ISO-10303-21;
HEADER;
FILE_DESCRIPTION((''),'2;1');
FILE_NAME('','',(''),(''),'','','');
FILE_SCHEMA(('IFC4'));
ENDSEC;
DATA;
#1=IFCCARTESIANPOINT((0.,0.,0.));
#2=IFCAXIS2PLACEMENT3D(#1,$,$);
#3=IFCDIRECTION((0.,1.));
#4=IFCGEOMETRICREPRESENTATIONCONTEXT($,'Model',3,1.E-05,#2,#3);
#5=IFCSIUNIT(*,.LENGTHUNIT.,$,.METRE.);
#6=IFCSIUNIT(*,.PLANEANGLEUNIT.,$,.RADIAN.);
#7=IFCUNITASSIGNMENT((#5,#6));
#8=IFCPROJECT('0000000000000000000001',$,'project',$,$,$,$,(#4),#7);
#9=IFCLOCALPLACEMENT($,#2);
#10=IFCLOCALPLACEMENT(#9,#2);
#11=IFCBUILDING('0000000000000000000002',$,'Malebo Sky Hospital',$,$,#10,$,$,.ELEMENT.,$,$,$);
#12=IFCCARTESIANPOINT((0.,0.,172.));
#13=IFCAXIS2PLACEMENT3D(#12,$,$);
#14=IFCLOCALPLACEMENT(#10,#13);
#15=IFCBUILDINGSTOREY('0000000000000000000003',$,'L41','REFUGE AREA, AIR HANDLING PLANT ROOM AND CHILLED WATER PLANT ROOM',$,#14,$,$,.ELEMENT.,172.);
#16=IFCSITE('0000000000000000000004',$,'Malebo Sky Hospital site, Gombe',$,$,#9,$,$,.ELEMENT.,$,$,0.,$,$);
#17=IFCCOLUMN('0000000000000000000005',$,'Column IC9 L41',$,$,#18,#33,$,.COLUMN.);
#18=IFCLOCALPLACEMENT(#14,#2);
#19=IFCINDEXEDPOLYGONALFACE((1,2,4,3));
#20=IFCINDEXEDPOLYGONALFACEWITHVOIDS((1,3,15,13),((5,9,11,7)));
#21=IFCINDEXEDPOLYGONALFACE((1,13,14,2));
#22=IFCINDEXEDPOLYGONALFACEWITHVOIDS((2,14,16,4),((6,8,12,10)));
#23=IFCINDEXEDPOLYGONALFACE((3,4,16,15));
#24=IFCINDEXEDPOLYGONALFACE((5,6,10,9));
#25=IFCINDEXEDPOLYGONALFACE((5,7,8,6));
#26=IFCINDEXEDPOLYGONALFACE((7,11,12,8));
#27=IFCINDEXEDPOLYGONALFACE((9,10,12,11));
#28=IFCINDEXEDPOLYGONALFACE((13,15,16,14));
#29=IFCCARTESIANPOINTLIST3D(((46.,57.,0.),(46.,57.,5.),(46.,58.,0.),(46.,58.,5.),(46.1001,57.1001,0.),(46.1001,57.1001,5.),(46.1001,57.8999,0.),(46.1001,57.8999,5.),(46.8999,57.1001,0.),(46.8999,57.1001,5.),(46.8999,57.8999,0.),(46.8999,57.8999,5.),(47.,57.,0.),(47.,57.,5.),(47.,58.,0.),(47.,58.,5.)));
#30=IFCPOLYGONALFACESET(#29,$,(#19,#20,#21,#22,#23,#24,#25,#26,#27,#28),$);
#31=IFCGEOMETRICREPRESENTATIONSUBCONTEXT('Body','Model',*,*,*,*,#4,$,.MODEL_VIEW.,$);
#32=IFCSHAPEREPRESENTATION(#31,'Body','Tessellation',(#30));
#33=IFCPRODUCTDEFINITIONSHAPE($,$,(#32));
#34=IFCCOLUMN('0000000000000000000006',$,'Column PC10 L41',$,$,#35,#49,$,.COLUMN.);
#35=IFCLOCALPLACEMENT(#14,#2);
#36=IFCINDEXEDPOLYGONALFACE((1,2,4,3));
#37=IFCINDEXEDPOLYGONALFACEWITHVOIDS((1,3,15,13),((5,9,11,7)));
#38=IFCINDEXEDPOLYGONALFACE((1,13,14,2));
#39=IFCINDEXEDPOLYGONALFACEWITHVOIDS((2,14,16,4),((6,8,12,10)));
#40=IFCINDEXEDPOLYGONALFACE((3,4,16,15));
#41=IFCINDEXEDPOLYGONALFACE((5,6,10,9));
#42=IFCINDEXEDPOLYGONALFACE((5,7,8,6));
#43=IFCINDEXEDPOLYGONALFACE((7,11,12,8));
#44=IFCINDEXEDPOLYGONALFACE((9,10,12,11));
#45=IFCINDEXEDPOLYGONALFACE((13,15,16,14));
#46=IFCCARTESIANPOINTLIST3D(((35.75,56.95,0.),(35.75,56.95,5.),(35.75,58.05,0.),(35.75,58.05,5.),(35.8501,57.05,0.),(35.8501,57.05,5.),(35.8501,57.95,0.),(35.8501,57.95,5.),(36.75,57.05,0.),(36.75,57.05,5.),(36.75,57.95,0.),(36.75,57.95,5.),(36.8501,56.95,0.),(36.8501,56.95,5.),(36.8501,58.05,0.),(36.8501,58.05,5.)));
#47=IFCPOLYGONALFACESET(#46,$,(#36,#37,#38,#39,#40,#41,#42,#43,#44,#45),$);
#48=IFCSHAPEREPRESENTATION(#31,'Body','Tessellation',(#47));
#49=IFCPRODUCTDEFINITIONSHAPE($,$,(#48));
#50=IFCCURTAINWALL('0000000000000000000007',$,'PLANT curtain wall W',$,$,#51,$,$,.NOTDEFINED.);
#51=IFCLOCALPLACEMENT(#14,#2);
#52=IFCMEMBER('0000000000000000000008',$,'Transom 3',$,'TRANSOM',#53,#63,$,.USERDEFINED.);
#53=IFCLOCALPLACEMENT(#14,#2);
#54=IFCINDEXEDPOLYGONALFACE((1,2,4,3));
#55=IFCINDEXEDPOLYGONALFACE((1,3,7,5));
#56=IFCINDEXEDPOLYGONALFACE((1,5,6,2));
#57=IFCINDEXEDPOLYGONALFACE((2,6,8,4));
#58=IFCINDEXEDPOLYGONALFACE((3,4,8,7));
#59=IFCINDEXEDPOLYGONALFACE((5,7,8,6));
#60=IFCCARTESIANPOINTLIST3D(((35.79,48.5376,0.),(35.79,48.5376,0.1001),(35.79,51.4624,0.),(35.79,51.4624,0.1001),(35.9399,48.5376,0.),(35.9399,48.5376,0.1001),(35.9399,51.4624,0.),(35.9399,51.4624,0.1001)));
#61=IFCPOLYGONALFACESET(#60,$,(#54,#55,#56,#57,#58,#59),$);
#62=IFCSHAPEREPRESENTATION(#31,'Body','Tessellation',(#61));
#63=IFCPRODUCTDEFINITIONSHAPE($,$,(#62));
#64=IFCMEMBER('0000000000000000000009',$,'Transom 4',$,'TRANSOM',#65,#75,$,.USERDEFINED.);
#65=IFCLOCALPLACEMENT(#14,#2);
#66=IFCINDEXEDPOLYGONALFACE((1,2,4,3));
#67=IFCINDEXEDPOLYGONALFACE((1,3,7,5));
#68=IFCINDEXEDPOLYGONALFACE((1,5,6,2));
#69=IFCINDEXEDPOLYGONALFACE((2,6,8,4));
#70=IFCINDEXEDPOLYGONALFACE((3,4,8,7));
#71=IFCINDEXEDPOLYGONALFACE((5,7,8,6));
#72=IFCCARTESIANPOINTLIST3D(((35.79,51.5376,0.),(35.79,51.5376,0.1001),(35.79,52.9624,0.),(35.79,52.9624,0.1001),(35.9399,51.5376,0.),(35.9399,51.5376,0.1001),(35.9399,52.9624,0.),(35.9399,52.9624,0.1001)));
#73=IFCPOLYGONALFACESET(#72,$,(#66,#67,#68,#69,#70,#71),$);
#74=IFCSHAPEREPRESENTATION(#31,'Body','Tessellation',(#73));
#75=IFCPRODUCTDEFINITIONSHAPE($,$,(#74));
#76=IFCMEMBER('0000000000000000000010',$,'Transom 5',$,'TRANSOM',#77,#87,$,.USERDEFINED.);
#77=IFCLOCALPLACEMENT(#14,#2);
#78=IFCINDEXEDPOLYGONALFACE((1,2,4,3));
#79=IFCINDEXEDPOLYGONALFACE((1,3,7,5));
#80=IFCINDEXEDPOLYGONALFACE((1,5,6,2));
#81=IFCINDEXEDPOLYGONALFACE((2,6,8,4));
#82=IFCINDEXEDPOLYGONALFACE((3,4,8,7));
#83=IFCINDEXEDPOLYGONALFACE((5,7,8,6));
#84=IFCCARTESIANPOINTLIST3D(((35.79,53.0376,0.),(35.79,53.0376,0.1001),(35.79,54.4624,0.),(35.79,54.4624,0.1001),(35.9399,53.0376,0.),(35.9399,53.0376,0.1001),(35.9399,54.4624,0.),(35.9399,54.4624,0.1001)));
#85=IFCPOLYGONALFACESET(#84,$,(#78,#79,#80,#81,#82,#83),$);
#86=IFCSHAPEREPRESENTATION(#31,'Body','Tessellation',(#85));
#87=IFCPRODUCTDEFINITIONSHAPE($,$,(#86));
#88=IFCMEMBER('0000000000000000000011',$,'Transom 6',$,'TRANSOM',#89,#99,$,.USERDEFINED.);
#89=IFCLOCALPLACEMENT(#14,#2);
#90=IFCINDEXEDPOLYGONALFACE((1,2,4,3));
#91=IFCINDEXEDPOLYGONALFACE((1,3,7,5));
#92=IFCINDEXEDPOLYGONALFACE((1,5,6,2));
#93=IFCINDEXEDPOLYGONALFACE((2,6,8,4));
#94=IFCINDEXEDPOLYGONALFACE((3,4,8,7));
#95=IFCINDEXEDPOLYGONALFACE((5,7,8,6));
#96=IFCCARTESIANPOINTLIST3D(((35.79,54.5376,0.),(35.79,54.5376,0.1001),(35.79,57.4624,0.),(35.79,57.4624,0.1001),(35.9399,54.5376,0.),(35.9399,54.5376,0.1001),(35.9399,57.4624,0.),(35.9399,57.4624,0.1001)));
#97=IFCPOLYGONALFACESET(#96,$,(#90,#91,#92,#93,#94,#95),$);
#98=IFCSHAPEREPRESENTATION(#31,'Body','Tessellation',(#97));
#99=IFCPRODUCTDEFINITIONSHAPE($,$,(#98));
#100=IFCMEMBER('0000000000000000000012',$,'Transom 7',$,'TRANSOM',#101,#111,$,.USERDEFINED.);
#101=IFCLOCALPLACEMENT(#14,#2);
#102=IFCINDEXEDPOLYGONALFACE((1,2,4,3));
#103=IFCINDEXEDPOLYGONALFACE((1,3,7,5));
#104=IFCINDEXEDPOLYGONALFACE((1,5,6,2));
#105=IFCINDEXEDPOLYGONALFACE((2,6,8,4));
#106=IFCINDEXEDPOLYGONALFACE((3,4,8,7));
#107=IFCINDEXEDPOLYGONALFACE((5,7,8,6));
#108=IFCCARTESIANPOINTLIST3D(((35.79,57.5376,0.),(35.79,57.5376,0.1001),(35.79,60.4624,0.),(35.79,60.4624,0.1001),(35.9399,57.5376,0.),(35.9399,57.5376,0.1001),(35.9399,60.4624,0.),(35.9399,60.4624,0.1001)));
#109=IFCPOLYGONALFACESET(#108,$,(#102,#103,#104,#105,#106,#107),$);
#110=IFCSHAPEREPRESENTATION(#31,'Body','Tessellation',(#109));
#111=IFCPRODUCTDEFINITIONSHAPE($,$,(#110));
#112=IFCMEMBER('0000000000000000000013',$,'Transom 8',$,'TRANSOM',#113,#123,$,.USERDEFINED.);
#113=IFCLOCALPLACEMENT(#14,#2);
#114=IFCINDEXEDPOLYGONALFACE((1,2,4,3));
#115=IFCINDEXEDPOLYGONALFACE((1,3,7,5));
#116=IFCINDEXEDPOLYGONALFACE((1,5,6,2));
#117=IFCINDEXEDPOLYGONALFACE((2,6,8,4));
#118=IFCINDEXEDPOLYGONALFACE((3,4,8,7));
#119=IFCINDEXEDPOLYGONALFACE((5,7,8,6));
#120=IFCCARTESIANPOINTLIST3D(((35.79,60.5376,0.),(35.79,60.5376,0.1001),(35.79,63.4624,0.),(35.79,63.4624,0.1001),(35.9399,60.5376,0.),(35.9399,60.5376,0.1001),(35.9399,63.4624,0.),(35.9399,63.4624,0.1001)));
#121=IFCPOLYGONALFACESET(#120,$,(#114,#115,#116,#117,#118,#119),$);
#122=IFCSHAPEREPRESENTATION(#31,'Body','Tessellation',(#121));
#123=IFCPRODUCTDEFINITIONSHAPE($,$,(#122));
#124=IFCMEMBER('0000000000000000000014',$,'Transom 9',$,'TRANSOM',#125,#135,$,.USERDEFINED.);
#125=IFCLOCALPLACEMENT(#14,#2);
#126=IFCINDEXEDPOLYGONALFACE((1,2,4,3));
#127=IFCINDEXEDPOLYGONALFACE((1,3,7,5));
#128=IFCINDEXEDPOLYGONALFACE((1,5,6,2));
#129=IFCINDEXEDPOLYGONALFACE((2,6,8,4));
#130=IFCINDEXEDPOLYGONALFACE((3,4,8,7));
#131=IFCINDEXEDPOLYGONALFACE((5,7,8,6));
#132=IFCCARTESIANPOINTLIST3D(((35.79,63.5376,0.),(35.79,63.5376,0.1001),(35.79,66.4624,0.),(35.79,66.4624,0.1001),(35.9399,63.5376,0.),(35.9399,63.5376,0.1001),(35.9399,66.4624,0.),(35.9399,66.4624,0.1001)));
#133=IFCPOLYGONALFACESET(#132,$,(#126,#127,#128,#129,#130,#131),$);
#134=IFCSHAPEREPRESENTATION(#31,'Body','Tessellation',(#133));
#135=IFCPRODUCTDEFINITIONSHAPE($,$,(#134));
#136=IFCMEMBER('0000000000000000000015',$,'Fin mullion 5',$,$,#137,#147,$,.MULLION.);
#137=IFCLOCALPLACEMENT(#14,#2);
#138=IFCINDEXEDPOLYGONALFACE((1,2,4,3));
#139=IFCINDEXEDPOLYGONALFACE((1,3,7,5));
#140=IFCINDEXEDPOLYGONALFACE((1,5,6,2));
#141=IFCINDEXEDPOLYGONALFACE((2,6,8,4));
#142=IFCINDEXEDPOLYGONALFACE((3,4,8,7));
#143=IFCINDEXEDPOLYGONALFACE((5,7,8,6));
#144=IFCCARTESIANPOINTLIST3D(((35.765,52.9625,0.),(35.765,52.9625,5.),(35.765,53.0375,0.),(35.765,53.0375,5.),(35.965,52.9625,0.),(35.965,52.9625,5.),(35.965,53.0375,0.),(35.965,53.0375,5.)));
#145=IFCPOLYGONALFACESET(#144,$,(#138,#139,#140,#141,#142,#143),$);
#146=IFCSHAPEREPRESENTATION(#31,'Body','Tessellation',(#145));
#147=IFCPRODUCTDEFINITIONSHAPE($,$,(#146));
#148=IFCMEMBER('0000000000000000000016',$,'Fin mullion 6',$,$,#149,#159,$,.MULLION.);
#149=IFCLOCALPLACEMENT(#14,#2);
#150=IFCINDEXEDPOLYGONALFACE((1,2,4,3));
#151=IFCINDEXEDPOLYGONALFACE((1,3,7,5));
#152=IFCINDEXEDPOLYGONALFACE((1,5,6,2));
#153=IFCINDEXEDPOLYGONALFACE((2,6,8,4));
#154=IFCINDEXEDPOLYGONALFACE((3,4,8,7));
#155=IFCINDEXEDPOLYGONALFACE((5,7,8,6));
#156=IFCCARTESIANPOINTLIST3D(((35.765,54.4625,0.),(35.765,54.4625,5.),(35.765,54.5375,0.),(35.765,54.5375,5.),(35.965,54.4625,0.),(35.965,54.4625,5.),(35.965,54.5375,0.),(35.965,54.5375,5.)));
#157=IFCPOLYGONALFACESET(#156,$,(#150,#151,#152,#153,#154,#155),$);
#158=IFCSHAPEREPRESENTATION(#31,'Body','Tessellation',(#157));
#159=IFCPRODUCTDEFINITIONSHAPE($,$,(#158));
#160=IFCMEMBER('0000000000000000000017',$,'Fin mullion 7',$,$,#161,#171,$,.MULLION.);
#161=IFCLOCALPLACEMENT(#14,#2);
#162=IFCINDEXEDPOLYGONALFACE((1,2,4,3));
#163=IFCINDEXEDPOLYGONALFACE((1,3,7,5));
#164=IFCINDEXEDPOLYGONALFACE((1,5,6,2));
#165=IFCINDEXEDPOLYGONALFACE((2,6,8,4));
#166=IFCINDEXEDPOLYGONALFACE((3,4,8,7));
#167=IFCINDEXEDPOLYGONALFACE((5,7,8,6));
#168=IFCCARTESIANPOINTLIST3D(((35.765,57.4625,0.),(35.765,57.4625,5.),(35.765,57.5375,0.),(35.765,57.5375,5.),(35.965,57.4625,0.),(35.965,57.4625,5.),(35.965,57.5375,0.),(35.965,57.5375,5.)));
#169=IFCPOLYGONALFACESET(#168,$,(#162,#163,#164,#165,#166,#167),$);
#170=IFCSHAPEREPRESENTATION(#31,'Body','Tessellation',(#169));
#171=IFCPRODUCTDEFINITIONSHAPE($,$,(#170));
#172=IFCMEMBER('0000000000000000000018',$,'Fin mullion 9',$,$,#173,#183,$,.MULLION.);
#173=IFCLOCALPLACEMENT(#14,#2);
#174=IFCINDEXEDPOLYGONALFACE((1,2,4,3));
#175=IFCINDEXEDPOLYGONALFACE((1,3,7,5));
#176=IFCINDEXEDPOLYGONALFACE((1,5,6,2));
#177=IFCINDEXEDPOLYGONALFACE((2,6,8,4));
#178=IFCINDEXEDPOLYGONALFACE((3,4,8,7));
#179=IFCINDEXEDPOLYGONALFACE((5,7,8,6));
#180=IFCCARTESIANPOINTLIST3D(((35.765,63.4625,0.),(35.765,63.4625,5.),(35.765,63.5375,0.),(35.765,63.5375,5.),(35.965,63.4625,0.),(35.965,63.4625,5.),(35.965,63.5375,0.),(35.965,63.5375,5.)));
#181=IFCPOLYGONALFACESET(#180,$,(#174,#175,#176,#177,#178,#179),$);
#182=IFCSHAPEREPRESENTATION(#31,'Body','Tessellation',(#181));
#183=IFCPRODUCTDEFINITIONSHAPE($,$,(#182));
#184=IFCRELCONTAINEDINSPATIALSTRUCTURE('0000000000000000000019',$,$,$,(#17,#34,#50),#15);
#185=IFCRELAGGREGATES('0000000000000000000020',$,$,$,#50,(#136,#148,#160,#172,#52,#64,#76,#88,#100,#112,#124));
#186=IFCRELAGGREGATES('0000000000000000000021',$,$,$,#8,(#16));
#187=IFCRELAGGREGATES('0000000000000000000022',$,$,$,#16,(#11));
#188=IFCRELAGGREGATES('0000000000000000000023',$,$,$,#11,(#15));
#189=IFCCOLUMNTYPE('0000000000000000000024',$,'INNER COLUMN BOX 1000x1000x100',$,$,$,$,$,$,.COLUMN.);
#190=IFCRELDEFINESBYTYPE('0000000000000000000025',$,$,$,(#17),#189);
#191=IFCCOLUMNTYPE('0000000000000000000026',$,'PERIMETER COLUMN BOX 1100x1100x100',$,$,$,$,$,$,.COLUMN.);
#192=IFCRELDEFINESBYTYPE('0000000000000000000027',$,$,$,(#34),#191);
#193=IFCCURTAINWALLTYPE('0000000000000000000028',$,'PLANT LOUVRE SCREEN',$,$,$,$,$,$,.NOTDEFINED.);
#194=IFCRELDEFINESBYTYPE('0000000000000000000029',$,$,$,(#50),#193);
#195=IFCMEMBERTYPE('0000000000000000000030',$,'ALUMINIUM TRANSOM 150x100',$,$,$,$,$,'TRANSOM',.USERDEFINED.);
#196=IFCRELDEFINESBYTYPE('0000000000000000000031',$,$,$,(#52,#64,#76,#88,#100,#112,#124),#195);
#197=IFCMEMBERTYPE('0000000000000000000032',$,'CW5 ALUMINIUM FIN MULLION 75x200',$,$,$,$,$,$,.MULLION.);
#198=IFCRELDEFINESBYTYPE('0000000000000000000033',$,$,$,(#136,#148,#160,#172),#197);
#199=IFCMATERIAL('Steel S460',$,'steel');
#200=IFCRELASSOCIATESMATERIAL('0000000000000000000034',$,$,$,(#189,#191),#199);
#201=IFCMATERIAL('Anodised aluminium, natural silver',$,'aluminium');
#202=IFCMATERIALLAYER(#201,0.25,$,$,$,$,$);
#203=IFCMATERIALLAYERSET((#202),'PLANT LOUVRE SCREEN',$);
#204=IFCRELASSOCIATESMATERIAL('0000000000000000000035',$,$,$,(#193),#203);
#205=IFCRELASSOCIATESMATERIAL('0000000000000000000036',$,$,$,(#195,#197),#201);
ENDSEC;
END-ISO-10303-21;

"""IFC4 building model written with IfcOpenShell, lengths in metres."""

from ifc_helpers import new_model, si_unit, direction, frame, origin, origin_2d, place, context, subcontext, project, spatial, rectangle, hollow_rectangle, extrude, material, layer, layer_set, material_profile, profile_set, type_object, element, aggregate, save


model = new_model("IFC4")

# Units and contexts
model_context = context("Model", 3, precision=1e-05, world=origin(), true_north=direction((0.0, 1.0)))
body_context = subcontext(model_context, "Body", "Model", "MODEL_VIEW")
ifc_project = project(units=[si_unit("LENGTHUNIT", "METRE"), si_unit("PLANEANGLEUNIT", "RADIAN")], contexts=[model_context])

# Site, building, storey
site_placement = place(None, origin())
site = spatial("IfcSite", under=ifc_project, at=site_placement, Name="Malebo Sky Hospital site, Gombe", CompositionType="ELEMENT", RefElevation=0.0)
building_placement = place(site_placement, origin())
building = spatial("IfcBuilding", under=site, at=building_placement, Name="Malebo Sky Hospital", CompositionType="ELEMENT")
storey_placement = place(building_placement, frame((0.0, 0.0, 172.0)))
storey = spatial("IfcBuildingStorey", under=building, at=storey_placement, Name="L41", Description="REFUGE AREA, AIR HANDLING PLANT ROOM AND CHILLED WATER PLANT ROOM", CompositionType="ELEMENT", Elevation=172.0)

# Columns
ifc_material_1 = material(Name="Steel S460", Category="steel")
ifc_material_profile_1 = material_profile(ifc_material_1, hollow_rectangle(XDim=1.0, YDim=1.0, WallThickness=0.1001, at=origin_2d()), Name="BOX 1000x1000x100")
ifc_profile_set_1 = profile_set([ifc_material_profile_1], Name="Steel S460")
column_type_1 = type_object("IfcColumnType", Name="INNER COLUMN BOX 1000x1000x100", PredefinedType="COLUMN", material=ifc_profile_set_1)
column_1_placement = place(storey_placement, frame((46.5, 57.5, 0.0), z_axis=(0.0, 0.0, 1.0), x_axis=(1.0, 0.0, 0.0)))
element("IfcColumn", 1, at=column_1_placement, inside=storey, type_object=column_type_1, Name="Column IC9 L41", PredefinedType="COLUMN", context=body_context, shape_type="SweptSolid", body=[
    extrude(hollow_rectangle(XDim=1.0, YDim=1.0, WallThickness=0.1001, at=origin_2d()), origin(), (0.0, 0.0, 1.0), 5.0),
])
ifc_material_profile_2 = material_profile(ifc_material_1, hollow_rectangle(XDim=1.1001, YDim=1.1001, WallThickness=0.1001, at=origin_2d()), Name="BOX 1100x1100x100")
ifc_profile_set_2 = profile_set([ifc_material_profile_2], Name="Steel S460")
column_type_2 = type_object("IfcColumnType", Name="PERIMETER COLUMN BOX 1100x1100x100", PredefinedType="COLUMN", material=ifc_profile_set_2)
column_2_placement = place(storey_placement, frame((36.3, 57.5, 0.0), z_axis=(0.0, 0.0, 1.0), x_axis=(1.0, 0.0, 0.0)))
element("IfcColumn", 2, at=column_2_placement, inside=storey, type_object=column_type_2, Name="Column PC10 L41", PredefinedType="COLUMN", context=body_context, shape_type="SweptSolid", body=[
    extrude(hollow_rectangle(XDim=1.1001, YDim=1.1001, WallThickness=0.1001, at=origin_2d()), origin(), (0.0, 0.0, 1.0), 5.0),
])

# Curtain wall, members
ifc_material_2 = material(Name="Anodised aluminium, natural silver", Category="aluminium")
ifc_layer_1 = layer(ifc_material_2, 0.25)
ifc_layer_set_1 = layer_set([ifc_layer_1], Name="PLANT LOUVRE SCREEN")
curtain_wall_type = type_object("IfcCurtainWallType", Name="PLANT LOUVRE SCREEN", PredefinedType="NOTDEFINED", material=ifc_layer_set_1)
curtain_wall_placement = place(storey_placement, origin())
curtain_wall = element("IfcCurtainWall", 3, at=curtain_wall_placement, inside=storey, type_object=curtain_wall_type, Name="PLANT curtain wall W", PredefinedType="NOTDEFINED")
ifc_material_profile_3 = material_profile(ifc_material_2, rectangle(XDim=0.1499, YDim=0.1001, at=origin_2d()), Name="ALUMINIUM TRANSOM 150x100")
ifc_profile_set_3 = profile_set([ifc_material_profile_3], Name="Anodised aluminium, natural silver")
member_type_1 = type_object("IfcMemberType", Name="ALUMINIUM TRANSOM 150x100", ElementType="TRANSOM", PredefinedType="USERDEFINED", material=ifc_profile_set_3)
member_1_placement = place(storey_placement, frame((35.865, 48.5376, 0.05), z_axis=(0.0, 1.0, 0.0), x_axis=(-1.0, 0.0, 0.0)))
member_1 = element("IfcMember", 4, at=member_1_placement, type_object=member_type_1, Name="Transom 3", ObjectType="TRANSOM", PredefinedType="USERDEFINED", context=body_context, shape_type="SweptSolid", body=[
    extrude(rectangle(XDim=0.1499, YDim=0.1001, at=origin_2d()), origin(), (0.0, 0.0, 1.0), 2.9248),
])
member_2_placement = place(storey_placement, frame((35.865, 51.5376, 0.05), z_axis=(0.0, 1.0, 0.0), x_axis=(-1.0, 0.0, 0.0)))
member_2 = element("IfcMember", 5, at=member_2_placement, type_object=member_type_1, Name="Transom 4", ObjectType="TRANSOM", PredefinedType="USERDEFINED", context=body_context, shape_type="SweptSolid", body=[
    extrude(rectangle(XDim=0.1499, YDim=0.1001, at=origin_2d()), origin(), (0.0, 0.0, 1.0), 1.4248),
])
member_3_placement = place(storey_placement, frame((35.865, 53.0376, 0.05), z_axis=(0.0, 1.0, 0.0), x_axis=(-1.0, 0.0, 0.0)))
member_3 = element("IfcMember", 6, at=member_3_placement, type_object=member_type_1, Name="Transom 5", ObjectType="TRANSOM", PredefinedType="USERDEFINED", context=body_context, shape_type="SweptSolid", body=[
    extrude(rectangle(XDim=0.1499, YDim=0.1001, at=origin_2d()), origin(), (0.0, 0.0, 1.0), 1.4248),
])
member_4_placement = place(storey_placement, frame((35.865, 54.5376, 0.05), z_axis=(0.0, 1.0, 0.0), x_axis=(-1.0, 0.0, 0.0)))
member_4 = element("IfcMember", 7, at=member_4_placement, type_object=member_type_1, Name="Transom 6", ObjectType="TRANSOM", PredefinedType="USERDEFINED", context=body_context, shape_type="SweptSolid", body=[
    extrude(rectangle(XDim=0.1499, YDim=0.1001, at=origin_2d()), origin(), (0.0, 0.0, 1.0), 2.9248),
])
member_5_placement = place(storey_placement, frame((35.865, 57.5376, 0.05), z_axis=(0.0, 1.0, 0.0), x_axis=(-1.0, 0.0, 0.0)))
member_5 = element("IfcMember", 8, at=member_5_placement, type_object=member_type_1, Name="Transom 7", ObjectType="TRANSOM", PredefinedType="USERDEFINED", context=body_context, shape_type="SweptSolid", body=[
    extrude(rectangle(XDim=0.1499, YDim=0.1001, at=origin_2d()), origin(), (0.0, 0.0, 1.0), 2.9248),
])
member_6_placement = place(storey_placement, frame((35.865, 60.5376, 0.05), z_axis=(0.0, 1.0, 0.0), x_axis=(-1.0, 0.0, 0.0)))
member_6 = element("IfcMember", 9, at=member_6_placement, type_object=member_type_1, Name="Transom 8", ObjectType="TRANSOM", PredefinedType="USERDEFINED", context=body_context, shape_type="SweptSolid", body=[
    extrude(rectangle(XDim=0.1499, YDim=0.1001, at=origin_2d()), origin(), (0.0, 0.0, 1.0), 2.9248),
])
member_7_placement = place(storey_placement, frame((35.865, 63.5376, 0.05), z_axis=(0.0, 1.0, 0.0), x_axis=(-1.0, 0.0, 0.0)))
member_7 = element("IfcMember", 10, at=member_7_placement, type_object=member_type_1, Name="Transom 9", ObjectType="TRANSOM", PredefinedType="USERDEFINED", context=body_context, shape_type="SweptSolid", body=[
    extrude(rectangle(XDim=0.1499, YDim=0.1001, at=origin_2d()), origin(), (0.0, 0.0, 1.0), 2.9248),
])
ifc_material_profile_4 = material_profile(ifc_material_2, rectangle(XDim=0.075, YDim=0.2, at=origin_2d()), Name="CW5 ALUMINIUM FIN MULLION 75x200")
ifc_profile_set_4 = profile_set([ifc_material_profile_4], Name="Anodised aluminium, natural silver")
member_type_2 = type_object("IfcMemberType", Name="CW5 ALUMINIUM FIN MULLION 75x200", PredefinedType="MULLION", material=ifc_profile_set_4)
member_8_placement = place(storey_placement, frame((35.865, 53.0, 0.0), z_axis=(0.0, 0.0, 1.0), x_axis=(0.0, 1.0, 0.0)))
member_8 = element("IfcMember", 11, at=member_8_placement, type_object=member_type_2, Name="Fin mullion 5", PredefinedType="MULLION", context=body_context, shape_type="SweptSolid", body=[
    extrude(rectangle(XDim=0.075, YDim=0.2, at=origin_2d()), origin(), (0.0, 0.0, 1.0), 5.0),
])
member_9_placement = place(storey_placement, frame((35.865, 54.5, 0.0), z_axis=(0.0, 0.0, 1.0), x_axis=(0.0, 1.0, 0.0)))
member_9 = element("IfcMember", 12, at=member_9_placement, type_object=member_type_2, Name="Fin mullion 6", PredefinedType="MULLION", context=body_context, shape_type="SweptSolid", body=[
    extrude(rectangle(XDim=0.075, YDim=0.2, at=origin_2d()), origin(), (0.0, 0.0, 1.0), 5.0),
])
member_10_placement = place(storey_placement, frame((35.865, 57.5, 0.0), z_axis=(0.0, 0.0, 1.0), x_axis=(0.0, 1.0, 0.0)))
member_10 = element("IfcMember", 13, at=member_10_placement, type_object=member_type_2, Name="Fin mullion 7", PredefinedType="MULLION", context=body_context, shape_type="SweptSolid", body=[
    extrude(rectangle(XDim=0.075, YDim=0.2, at=origin_2d()), origin(), (0.0, 0.0, 1.0), 5.0),
])
member_11_placement = place(storey_placement, frame((35.865, 63.5, 0.0), z_axis=(0.0, 0.0, 1.0), x_axis=(0.0, 1.0, 0.0)))
member_11 = element("IfcMember", 14, at=member_11_placement, type_object=member_type_2, Name="Fin mullion 9", PredefinedType="MULLION", context=body_context, shape_type="SweptSolid", body=[
    extrude(rectangle(XDim=0.075, YDim=0.2, at=origin_2d()), origin(), (0.0, 0.0, 1.0), 5.0),
])
aggregate(curtain_wall, [member_8, member_9, member_10, member_11, member_1, member_2, member_3, member_4, member_5, member_6, member_7])

save(model, "model.ifc")
